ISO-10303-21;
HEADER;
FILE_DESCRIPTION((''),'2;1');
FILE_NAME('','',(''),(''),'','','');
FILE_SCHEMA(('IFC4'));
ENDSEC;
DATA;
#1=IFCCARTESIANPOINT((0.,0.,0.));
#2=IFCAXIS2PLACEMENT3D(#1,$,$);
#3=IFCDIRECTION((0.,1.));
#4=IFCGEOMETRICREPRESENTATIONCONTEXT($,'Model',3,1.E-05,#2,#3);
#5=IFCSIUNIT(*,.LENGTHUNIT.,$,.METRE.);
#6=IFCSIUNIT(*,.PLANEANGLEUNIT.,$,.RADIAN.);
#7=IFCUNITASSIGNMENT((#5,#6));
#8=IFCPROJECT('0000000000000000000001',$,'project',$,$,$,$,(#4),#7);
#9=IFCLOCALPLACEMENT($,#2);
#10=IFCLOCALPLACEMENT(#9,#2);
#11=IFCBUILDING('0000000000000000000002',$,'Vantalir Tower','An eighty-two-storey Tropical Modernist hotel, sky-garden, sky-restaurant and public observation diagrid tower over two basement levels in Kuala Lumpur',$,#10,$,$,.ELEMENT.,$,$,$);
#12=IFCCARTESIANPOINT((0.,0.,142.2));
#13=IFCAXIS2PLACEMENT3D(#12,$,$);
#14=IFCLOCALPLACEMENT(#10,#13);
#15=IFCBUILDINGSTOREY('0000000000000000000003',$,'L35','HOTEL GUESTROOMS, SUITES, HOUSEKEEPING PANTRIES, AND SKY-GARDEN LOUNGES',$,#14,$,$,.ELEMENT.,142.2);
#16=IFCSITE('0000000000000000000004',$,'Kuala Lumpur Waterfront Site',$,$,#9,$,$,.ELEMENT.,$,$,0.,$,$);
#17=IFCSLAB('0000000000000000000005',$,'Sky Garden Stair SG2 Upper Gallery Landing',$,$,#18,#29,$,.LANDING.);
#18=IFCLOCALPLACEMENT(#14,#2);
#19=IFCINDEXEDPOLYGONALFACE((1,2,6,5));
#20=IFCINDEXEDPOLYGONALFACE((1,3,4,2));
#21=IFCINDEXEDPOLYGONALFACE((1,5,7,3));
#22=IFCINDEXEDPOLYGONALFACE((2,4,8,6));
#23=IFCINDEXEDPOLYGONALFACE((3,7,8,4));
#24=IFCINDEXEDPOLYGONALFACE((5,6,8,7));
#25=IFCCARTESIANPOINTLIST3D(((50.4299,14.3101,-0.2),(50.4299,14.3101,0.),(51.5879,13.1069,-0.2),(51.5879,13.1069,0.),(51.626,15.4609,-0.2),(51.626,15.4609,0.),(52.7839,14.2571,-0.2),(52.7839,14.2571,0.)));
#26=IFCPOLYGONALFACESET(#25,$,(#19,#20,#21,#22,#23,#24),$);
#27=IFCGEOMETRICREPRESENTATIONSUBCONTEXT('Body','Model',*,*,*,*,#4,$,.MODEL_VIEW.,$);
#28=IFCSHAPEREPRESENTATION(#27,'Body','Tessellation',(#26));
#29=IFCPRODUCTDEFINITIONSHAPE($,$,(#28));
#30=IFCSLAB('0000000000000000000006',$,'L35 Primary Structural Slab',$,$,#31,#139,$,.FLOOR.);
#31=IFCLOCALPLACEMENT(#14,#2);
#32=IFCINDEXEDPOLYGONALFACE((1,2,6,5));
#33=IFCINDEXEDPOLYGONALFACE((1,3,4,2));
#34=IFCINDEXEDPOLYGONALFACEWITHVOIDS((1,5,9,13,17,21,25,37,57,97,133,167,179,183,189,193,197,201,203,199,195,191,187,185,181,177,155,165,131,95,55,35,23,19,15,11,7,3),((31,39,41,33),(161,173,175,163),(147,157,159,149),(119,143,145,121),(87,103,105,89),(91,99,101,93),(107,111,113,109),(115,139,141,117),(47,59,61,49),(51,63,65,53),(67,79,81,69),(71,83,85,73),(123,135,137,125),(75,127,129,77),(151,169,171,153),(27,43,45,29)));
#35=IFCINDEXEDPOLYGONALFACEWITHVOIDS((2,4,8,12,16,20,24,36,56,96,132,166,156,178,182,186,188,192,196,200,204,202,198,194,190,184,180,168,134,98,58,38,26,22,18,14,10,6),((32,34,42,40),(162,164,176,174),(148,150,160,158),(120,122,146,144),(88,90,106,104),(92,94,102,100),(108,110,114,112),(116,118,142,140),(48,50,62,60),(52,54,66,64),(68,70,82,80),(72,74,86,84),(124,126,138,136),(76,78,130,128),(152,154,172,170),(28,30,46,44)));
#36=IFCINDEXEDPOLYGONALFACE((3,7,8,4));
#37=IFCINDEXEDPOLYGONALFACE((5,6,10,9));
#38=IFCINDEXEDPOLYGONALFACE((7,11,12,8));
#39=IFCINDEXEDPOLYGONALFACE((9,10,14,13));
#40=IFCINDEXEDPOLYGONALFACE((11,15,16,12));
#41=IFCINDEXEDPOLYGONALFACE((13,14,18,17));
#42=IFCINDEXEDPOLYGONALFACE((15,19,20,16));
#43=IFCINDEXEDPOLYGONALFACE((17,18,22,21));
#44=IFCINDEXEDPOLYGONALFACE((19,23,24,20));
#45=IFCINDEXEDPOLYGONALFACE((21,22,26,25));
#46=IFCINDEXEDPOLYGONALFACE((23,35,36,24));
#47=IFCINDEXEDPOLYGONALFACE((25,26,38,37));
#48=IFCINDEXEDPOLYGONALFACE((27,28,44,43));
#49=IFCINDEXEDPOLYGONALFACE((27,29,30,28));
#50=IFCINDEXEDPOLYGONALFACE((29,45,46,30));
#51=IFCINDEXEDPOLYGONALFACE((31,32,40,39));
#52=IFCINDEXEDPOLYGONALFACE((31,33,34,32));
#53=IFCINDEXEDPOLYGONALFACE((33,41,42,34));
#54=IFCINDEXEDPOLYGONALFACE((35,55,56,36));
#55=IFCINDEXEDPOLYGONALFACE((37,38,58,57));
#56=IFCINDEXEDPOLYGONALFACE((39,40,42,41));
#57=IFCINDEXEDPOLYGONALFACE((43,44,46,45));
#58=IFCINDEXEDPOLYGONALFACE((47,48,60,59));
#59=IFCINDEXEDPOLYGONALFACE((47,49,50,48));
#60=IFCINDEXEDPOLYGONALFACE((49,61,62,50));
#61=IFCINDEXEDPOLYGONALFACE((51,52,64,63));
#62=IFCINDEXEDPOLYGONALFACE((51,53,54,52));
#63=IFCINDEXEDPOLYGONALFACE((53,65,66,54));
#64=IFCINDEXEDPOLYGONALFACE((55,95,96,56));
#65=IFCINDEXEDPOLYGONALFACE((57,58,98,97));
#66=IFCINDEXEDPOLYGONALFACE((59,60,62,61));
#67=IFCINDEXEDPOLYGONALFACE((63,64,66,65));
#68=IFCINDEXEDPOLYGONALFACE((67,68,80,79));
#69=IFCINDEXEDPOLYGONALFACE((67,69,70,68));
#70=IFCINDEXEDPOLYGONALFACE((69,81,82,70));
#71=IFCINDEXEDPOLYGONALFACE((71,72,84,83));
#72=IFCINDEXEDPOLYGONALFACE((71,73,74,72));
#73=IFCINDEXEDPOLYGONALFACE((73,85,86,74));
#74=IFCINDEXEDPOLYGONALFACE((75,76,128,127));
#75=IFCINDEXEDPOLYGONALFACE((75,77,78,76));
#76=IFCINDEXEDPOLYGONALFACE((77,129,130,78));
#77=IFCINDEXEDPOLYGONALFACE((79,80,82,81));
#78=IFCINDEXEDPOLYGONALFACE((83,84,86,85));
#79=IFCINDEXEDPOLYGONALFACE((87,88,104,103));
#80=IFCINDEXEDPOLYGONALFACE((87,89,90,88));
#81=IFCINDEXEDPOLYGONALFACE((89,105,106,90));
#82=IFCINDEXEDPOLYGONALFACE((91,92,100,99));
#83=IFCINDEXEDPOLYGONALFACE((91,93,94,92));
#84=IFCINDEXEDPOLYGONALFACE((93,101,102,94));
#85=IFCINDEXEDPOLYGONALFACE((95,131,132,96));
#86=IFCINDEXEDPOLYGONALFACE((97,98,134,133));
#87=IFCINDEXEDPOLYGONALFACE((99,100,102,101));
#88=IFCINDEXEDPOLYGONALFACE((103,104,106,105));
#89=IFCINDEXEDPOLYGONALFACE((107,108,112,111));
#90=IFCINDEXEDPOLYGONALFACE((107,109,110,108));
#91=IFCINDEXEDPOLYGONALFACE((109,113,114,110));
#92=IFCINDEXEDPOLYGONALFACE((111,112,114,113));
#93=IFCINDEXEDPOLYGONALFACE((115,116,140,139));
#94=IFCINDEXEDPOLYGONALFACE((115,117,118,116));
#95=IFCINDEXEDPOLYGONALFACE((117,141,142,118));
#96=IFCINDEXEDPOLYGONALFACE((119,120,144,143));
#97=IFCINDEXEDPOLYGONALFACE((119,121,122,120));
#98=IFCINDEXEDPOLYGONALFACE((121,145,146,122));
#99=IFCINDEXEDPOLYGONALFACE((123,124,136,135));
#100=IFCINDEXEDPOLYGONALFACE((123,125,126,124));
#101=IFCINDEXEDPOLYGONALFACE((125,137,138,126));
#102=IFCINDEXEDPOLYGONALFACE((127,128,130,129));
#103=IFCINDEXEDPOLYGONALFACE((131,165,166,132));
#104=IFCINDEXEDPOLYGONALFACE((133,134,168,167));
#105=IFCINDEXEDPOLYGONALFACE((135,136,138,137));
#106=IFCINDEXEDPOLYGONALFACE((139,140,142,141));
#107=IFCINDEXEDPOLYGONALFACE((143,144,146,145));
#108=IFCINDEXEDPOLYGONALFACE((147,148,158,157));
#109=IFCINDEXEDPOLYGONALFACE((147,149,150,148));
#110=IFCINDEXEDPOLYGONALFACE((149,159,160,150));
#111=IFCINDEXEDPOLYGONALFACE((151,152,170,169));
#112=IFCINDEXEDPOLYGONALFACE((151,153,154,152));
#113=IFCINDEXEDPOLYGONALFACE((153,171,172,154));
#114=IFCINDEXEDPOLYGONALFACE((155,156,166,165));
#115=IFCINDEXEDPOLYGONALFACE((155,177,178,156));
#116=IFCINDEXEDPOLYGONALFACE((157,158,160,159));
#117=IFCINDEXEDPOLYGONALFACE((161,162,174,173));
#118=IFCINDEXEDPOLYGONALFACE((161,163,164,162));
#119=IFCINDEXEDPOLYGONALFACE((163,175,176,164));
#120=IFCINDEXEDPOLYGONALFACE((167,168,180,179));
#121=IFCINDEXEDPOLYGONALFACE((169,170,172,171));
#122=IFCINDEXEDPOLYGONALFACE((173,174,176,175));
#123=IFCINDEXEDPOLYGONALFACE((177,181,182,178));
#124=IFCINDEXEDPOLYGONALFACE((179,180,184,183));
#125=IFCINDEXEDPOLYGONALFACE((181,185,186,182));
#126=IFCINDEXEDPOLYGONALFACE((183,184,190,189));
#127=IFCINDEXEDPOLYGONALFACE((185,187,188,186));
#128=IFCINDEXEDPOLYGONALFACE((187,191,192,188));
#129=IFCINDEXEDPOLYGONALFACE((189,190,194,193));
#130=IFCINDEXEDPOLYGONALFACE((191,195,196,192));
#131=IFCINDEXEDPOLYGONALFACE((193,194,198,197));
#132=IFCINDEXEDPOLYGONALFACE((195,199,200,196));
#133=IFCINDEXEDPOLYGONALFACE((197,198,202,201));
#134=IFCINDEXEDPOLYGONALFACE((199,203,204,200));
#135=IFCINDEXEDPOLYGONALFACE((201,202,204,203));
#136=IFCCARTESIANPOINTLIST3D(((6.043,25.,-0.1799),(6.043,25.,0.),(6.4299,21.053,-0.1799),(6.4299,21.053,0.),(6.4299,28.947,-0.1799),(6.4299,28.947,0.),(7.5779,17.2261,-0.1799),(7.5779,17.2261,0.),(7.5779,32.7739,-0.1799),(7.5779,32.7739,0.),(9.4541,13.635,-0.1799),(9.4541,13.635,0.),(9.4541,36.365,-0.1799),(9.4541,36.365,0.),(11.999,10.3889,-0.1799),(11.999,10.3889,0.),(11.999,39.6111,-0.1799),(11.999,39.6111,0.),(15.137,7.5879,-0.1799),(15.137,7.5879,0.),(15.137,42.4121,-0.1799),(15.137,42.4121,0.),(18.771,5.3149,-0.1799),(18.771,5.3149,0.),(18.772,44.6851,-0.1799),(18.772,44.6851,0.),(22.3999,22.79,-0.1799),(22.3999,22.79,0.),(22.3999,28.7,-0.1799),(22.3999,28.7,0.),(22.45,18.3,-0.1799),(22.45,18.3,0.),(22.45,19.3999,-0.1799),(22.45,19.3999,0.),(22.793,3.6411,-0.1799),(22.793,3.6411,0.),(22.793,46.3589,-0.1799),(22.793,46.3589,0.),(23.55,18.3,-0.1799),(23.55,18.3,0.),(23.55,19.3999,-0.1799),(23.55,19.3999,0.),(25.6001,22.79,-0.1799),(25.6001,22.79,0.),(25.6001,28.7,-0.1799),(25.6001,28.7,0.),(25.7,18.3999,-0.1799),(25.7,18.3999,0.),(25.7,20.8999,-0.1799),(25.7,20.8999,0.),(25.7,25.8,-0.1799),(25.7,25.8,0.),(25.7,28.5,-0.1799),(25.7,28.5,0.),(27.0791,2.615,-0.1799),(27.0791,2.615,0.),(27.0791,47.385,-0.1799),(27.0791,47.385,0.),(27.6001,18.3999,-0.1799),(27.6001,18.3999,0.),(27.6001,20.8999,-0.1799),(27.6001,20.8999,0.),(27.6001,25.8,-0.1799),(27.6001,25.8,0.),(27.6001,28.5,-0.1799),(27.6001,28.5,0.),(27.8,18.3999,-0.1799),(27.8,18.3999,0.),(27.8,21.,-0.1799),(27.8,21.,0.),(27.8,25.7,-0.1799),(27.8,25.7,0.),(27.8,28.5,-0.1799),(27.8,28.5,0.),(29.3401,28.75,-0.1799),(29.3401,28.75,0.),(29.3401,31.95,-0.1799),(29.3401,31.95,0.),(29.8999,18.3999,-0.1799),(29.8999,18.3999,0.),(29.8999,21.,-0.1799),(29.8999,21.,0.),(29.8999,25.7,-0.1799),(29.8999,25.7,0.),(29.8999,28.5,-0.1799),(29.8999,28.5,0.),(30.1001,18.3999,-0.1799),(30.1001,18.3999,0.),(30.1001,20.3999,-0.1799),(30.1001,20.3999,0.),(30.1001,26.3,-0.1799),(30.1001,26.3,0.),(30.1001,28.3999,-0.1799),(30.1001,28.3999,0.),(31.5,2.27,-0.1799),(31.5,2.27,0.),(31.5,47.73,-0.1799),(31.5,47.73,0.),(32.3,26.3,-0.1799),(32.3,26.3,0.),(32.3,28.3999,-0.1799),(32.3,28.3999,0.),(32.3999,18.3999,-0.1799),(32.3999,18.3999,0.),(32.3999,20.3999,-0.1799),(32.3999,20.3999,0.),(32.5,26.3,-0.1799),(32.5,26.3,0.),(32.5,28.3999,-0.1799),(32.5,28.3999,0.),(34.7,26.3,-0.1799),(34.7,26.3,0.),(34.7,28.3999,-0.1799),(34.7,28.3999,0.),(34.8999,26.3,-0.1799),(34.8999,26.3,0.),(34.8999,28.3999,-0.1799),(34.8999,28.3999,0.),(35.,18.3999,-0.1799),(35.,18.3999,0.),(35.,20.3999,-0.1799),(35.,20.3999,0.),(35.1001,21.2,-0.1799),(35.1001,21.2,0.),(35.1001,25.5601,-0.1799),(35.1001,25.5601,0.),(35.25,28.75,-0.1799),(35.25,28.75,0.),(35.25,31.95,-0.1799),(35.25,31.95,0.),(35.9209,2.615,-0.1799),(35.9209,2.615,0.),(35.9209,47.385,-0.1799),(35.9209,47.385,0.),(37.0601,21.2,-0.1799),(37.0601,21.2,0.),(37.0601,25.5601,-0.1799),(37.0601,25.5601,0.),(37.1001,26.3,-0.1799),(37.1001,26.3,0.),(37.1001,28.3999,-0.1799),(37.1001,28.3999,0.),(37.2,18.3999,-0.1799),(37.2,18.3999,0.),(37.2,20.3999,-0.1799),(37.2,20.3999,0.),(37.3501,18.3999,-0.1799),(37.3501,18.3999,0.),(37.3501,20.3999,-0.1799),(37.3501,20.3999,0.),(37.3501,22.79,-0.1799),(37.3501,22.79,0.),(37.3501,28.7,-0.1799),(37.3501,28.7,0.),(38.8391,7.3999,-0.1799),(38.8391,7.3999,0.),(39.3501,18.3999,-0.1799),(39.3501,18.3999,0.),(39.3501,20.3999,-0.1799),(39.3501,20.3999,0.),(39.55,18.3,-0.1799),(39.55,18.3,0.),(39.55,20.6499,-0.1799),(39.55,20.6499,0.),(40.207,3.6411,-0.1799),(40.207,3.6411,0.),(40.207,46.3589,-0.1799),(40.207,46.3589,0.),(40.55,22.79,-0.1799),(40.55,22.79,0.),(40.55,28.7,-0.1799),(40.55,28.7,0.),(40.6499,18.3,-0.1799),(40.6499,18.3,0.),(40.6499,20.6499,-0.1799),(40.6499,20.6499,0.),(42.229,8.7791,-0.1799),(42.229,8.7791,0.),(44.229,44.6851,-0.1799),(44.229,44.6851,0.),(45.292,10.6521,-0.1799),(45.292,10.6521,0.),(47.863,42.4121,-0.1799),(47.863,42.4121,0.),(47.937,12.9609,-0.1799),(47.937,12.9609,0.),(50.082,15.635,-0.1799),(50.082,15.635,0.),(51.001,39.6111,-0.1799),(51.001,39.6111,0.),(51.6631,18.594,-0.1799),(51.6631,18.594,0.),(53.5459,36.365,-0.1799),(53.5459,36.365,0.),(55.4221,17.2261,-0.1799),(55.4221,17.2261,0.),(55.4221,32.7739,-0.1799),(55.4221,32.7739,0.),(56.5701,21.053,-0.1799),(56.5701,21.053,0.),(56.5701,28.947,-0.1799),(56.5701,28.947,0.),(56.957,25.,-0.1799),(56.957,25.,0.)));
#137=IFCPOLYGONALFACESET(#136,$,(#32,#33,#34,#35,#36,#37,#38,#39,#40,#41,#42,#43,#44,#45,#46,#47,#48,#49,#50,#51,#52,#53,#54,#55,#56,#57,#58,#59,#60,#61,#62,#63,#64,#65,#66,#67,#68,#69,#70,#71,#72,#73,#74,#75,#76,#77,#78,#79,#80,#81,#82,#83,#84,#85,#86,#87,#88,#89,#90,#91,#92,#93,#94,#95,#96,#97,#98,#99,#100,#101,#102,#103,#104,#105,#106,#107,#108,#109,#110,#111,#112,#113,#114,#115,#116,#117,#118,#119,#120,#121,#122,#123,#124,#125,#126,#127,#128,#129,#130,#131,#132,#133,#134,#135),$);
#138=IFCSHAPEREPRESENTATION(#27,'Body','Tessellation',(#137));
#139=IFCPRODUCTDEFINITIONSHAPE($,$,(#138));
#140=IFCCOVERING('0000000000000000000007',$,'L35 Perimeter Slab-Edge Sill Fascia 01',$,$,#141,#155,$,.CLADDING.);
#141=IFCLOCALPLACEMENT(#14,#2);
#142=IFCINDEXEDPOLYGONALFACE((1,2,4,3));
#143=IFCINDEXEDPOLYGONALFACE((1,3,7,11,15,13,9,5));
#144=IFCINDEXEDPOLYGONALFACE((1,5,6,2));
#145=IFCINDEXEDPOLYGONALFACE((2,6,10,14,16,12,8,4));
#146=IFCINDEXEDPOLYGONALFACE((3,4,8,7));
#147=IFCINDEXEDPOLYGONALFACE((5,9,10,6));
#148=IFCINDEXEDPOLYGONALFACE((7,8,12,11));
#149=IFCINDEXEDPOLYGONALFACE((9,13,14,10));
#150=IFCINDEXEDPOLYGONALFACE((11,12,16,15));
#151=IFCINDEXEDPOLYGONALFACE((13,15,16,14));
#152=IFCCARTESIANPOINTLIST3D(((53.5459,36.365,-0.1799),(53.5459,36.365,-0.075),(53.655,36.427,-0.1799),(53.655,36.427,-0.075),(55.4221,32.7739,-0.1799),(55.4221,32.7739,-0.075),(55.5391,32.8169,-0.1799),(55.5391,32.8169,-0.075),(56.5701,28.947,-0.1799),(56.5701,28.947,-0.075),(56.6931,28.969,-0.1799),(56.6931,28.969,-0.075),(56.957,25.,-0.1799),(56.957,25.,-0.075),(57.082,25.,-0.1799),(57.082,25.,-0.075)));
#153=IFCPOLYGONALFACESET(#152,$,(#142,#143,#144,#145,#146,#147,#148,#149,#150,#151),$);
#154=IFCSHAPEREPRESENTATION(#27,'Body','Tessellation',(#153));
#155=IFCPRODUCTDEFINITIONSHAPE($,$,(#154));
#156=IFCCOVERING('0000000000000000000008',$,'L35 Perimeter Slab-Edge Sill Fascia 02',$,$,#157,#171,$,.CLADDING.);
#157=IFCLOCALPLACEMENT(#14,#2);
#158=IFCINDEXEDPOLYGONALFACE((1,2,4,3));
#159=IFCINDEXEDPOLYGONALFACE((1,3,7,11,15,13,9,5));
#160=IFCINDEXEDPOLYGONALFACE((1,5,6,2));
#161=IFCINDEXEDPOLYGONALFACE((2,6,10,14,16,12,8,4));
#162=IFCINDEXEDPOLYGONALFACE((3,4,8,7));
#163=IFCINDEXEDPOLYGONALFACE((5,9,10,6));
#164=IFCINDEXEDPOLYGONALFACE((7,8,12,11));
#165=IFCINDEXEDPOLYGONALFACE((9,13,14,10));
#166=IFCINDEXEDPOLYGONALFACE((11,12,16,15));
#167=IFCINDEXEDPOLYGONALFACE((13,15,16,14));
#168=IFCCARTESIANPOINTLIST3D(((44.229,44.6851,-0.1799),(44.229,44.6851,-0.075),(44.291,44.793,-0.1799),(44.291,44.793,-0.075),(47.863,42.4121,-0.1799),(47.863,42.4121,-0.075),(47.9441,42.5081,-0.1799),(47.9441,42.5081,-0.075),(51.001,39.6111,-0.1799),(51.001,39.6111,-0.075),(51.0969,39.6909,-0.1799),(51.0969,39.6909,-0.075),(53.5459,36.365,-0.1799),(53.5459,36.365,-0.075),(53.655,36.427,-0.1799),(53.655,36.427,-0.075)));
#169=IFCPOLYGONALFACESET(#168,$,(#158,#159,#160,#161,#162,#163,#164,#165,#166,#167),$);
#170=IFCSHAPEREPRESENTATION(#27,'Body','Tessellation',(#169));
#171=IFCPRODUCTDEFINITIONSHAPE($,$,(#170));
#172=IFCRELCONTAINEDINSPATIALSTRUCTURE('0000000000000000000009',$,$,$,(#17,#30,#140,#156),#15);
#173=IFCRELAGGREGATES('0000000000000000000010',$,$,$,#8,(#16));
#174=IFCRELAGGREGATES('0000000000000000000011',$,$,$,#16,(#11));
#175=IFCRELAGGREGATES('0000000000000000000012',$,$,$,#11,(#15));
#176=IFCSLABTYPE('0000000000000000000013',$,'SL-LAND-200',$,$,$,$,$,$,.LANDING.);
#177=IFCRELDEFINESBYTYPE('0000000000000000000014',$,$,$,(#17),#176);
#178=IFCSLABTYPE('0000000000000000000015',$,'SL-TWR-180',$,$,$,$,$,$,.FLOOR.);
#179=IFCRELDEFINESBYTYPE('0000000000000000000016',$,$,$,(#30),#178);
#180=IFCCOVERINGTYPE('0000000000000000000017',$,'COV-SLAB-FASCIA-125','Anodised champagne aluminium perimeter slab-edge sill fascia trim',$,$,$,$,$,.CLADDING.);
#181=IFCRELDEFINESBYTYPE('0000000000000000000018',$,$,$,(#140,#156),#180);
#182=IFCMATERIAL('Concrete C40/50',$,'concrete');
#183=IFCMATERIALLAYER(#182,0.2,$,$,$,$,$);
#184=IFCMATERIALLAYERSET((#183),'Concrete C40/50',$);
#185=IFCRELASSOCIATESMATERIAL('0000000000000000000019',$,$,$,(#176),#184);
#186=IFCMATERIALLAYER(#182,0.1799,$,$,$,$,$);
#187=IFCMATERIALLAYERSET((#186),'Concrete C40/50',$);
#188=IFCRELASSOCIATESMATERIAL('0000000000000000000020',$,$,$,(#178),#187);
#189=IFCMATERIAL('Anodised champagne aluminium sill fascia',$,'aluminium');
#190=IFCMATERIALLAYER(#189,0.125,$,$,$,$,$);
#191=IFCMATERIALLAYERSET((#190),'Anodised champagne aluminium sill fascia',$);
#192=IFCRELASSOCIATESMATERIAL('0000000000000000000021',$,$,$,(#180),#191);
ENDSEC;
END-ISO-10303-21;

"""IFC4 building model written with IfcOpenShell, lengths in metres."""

from ifc_helpers import new_model, si_unit, direction, frame, origin, place, context, subcontext, project, spatial, polyline, outline, extrude, material, layer, layer_set, type_object, element, save


model = new_model("IFC4")

# Units and contexts
model_context = context("Model", 3, precision=1e-05, world=origin(), true_north=direction((0.0, 1.0)))
body_context = subcontext(model_context, "Body", "Model", "MODEL_VIEW")
ifc_project = project(units=[si_unit("LENGTHUNIT", "METRE"), si_unit("PLANEANGLEUNIT", "RADIAN")], contexts=[model_context])

# Site, building, storey
site_placement = place(None, origin())
site = spatial("IfcSite", under=ifc_project, at=site_placement, Name="Kuala Lumpur Waterfront Site", CompositionType="ELEMENT", RefElevation=0.0)
building_placement = place(site_placement, origin())
building = spatial("IfcBuilding", under=site, at=building_placement, Name="Vantalir Tower", Description="An eighty-two-storey Tropical Modernist hotel, sky-garden, sky-restaurant and public observation diagrid tower over two basement levels in Kuala Lumpur", CompositionType="ELEMENT")
storey_placement = place(building_placement, frame((0.0, 0.0, 142.2)))
storey = spatial("IfcBuildingStorey", under=building, at=storey_placement, Name="L35", Description="HOTEL GUESTROOMS, SUITES, HOUSEKEEPING PANTRIES, AND SKY-GARDEN LOUNGES", CompositionType="ELEMENT", Elevation=142.2)

# Shared definitions
ifc_material_1 = material(Name="Concrete C40/50", Category="concrete")
ifc_layer_1 = layer(ifc_material_1, 0.2)
ifc_layer_set_1 = layer_set([ifc_layer_1], Name="Concrete C40/50")
slab_type_1 = type_object("IfcSlabType", Name="SL-LAND-200", PredefinedType="LANDING", material=ifc_layer_set_1)

# Slabs
slab_1_placement = place(storey_placement, frame((0.0, 0.0, -0.2)))
element("IfcSlab", 1, at=slab_1_placement, inside=storey, type_object=slab_type_1, Name="Sky Garden Stair SG2 Upper Gallery Landing", PredefinedType="LANDING", context=body_context, shape_type="SweptSolid", body=[
    extrude(outline(polyline([(51.5879, 13.1069), (52.7839, 14.2571), (51.626, 15.4609), (50.4299, 14.3101), (51.5879, 13.1069)])), origin(), (0.0, 0.0, 1.0), 0.2),
])
ifc_layer_2 = layer(ifc_material_1, 0.1799)
ifc_layer_set_2 = layer_set([ifc_layer_2], Name="Concrete C40/50")
slab_type_2 = type_object("IfcSlabType", Name="SL-TWR-180", PredefinedType="FLOOR", material=ifc_layer_set_2)
slab_2_placement = place(storey_placement, frame((0.0, 0.0, -0.1799)))
element("IfcSlab", 2, at=slab_2_placement, inside=storey, type_object=slab_type_2, Name="L35 Primary Structural Slab", PredefinedType="FLOOR", context=body_context, shape_type="SweptSolid", body=[
    extrude(outline(polyline([(15.137, 7.5879), (18.771, 5.3149), (22.793, 3.6411), (27.0791, 2.615), (31.5, 2.27), (35.9209, 2.615), (40.207, 3.6411), (38.8391, 7.3999), (42.229, 8.7791), (45.292, 10.6521), (47.937, 12.9609), (50.082, 15.635), (51.6631, 18.594), (55.4221, 17.2261), (56.5701, 21.053), (56.957, 25.0), (56.5701, 28.947), (55.4221, 32.7739), (53.5459, 36.365), (51.001, 39.6111), (47.863, 42.4121), (44.229, 44.6851), (40.207, 46.3589), (35.9209, 47.385), (31.5, 47.73), (27.0791, 47.385), (22.793, 46.3589), (18.772, 44.6851), (15.137, 42.4121), (11.999, 39.6111), (9.4541, 36.365), (7.5779, 32.7739), (6.4299, 28.947), (6.043, 25.0), (6.4299, 21.053), (7.5779, 17.2261), (9.4541, 13.635), (11.999, 10.3889), (15.137, 7.5879)]), holes=[polyline([(22.3999, 22.79), (22.3999, 28.7), (25.6001, 28.7), (25.6001, 22.79), (22.3999, 22.79)]), polyline([(37.3501, 28.7), (40.55, 28.7), (40.55, 22.79), (37.3501, 22.79), (37.3501, 28.7)]), polyline([(35.25, 28.75), (29.3401, 28.75), (29.3401, 31.95), (35.25, 31.95), (35.25, 28.75)]), polyline([(27.6001, 18.3999), (25.7, 18.3999), (25.7, 20.8999), (27.6001, 20.8999), (27.6001, 18.3999)]), polyline([(25.7, 25.8), (25.7, 28.5), (27.6001, 28.5), (27.6001, 25.8), (25.7, 25.8)]), polyline([(27.8, 21.0), (29.8999, 21.0), (29.8999, 18.3999), (27.8, 18.3999), (27.8, 21.0)]), polyline([(29.8999, 28.5), (29.8999, 25.7), (27.8, 25.7), (27.8, 28.5), (29.8999, 28.5)]), polyline([(32.3999, 18.3999), (30.1001, 18.3999), (30.1001, 20.3999), (32.3999, 20.3999), (32.3999, 18.3999)]), polyline([(37.3501, 18.3999), (37.3501, 20.3999), (39.3501, 20.3999), (39.3501, 18.3999), (37.3501, 18.3999)]), polyline([(35.0, 20.3999), (37.2, 20.3999), (37.2, 18.3999), (35.0, 18.3999), (35.0, 20.3999)]), polyline([(32.3, 28.3999), (32.3, 26.3), (30.1001, 26.3), (30.1001, 28.3999), (32.3, 28.3999)]), polyline([(34.7, 26.3), (32.5, 26.3), (32.5, 28.3999), (34.7, 28.3999), (34.7, 26.3)]), polyline([(34.8999, 26.3), (34.8999, 28.3999), (37.1001, 28.3999), (37.1001, 26.3), (34.8999, 26.3)]), polyline([(35.1001, 25.5601), (37.0601, 25.5601), (37.0601, 21.2), (35.1001, 21.2), (35.1001, 25.5601)]), polyline([(23.55, 19.3999), (23.55, 18.3), (22.45, 18.3), (22.45, 19.3999), (23.55, 19.3999)]), polyline([(40.6499, 18.3), (39.55, 18.3), (39.55, 20.6499), (40.6499, 20.6499), (40.6499, 18.3)])]), origin(), (0.0, 0.0, 1.0), 0.1799),
])

# Coverings
ifc_material_2 = material(Name="Anodised champagne aluminium sill fascia", Category="aluminium")
ifc_layer_3 = layer(ifc_material_2, 0.125)
ifc_layer_set_3 = layer_set([ifc_layer_3], Name="Anodised champagne aluminium sill fascia")
covering_type = type_object("IfcCoveringType", Name="COV-SLAB-FASCIA-125", Description="Anodised champagne aluminium perimeter slab-edge sill fascia trim", PredefinedType="CLADDING", material=ifc_layer_set_3)
covering_1_placement = place(storey_placement, frame((0.0, 0.0, -0.1799)))
element("IfcCovering", 3, at=covering_1_placement, inside=storey, type_object=covering_type, Name="L35 Perimeter Slab-Edge Sill Fascia 01", PredefinedType="CLADDING", context=body_context, shape_type="SweptSolid", body=[
    extrude(outline(polyline([(57.082, 25.0), (56.6931, 28.969), (55.5391, 32.8169), (53.655, 36.427), (53.5459, 36.365), (55.4221, 32.7739), (56.5701, 28.947), (56.957, 25.0), (57.082, 25.0)])), origin(), (0.0, 0.0, 1.0), 0.105),
])
covering_2_placement = place(storey_placement, frame((0.0, 0.0, -0.1799)))
element("IfcCovering", 4, at=covering_2_placement, inside=storey, type_object=covering_type, Name="L35 Perimeter Slab-Edge Sill Fascia 02", PredefinedType="CLADDING", context=body_context, shape_type="SweptSolid", body=[
    extrude(outline(polyline([(53.655, 36.427), (51.0969, 39.6909), (47.9441, 42.5081), (44.291, 44.793), (44.229, 44.6851), (47.863, 42.4121), (51.001, 39.6111), (53.5459, 36.365), (53.655, 36.427)])), origin(), (0.0, 0.0, 1.0), 0.105),
])

save(model, "model.ifc")
